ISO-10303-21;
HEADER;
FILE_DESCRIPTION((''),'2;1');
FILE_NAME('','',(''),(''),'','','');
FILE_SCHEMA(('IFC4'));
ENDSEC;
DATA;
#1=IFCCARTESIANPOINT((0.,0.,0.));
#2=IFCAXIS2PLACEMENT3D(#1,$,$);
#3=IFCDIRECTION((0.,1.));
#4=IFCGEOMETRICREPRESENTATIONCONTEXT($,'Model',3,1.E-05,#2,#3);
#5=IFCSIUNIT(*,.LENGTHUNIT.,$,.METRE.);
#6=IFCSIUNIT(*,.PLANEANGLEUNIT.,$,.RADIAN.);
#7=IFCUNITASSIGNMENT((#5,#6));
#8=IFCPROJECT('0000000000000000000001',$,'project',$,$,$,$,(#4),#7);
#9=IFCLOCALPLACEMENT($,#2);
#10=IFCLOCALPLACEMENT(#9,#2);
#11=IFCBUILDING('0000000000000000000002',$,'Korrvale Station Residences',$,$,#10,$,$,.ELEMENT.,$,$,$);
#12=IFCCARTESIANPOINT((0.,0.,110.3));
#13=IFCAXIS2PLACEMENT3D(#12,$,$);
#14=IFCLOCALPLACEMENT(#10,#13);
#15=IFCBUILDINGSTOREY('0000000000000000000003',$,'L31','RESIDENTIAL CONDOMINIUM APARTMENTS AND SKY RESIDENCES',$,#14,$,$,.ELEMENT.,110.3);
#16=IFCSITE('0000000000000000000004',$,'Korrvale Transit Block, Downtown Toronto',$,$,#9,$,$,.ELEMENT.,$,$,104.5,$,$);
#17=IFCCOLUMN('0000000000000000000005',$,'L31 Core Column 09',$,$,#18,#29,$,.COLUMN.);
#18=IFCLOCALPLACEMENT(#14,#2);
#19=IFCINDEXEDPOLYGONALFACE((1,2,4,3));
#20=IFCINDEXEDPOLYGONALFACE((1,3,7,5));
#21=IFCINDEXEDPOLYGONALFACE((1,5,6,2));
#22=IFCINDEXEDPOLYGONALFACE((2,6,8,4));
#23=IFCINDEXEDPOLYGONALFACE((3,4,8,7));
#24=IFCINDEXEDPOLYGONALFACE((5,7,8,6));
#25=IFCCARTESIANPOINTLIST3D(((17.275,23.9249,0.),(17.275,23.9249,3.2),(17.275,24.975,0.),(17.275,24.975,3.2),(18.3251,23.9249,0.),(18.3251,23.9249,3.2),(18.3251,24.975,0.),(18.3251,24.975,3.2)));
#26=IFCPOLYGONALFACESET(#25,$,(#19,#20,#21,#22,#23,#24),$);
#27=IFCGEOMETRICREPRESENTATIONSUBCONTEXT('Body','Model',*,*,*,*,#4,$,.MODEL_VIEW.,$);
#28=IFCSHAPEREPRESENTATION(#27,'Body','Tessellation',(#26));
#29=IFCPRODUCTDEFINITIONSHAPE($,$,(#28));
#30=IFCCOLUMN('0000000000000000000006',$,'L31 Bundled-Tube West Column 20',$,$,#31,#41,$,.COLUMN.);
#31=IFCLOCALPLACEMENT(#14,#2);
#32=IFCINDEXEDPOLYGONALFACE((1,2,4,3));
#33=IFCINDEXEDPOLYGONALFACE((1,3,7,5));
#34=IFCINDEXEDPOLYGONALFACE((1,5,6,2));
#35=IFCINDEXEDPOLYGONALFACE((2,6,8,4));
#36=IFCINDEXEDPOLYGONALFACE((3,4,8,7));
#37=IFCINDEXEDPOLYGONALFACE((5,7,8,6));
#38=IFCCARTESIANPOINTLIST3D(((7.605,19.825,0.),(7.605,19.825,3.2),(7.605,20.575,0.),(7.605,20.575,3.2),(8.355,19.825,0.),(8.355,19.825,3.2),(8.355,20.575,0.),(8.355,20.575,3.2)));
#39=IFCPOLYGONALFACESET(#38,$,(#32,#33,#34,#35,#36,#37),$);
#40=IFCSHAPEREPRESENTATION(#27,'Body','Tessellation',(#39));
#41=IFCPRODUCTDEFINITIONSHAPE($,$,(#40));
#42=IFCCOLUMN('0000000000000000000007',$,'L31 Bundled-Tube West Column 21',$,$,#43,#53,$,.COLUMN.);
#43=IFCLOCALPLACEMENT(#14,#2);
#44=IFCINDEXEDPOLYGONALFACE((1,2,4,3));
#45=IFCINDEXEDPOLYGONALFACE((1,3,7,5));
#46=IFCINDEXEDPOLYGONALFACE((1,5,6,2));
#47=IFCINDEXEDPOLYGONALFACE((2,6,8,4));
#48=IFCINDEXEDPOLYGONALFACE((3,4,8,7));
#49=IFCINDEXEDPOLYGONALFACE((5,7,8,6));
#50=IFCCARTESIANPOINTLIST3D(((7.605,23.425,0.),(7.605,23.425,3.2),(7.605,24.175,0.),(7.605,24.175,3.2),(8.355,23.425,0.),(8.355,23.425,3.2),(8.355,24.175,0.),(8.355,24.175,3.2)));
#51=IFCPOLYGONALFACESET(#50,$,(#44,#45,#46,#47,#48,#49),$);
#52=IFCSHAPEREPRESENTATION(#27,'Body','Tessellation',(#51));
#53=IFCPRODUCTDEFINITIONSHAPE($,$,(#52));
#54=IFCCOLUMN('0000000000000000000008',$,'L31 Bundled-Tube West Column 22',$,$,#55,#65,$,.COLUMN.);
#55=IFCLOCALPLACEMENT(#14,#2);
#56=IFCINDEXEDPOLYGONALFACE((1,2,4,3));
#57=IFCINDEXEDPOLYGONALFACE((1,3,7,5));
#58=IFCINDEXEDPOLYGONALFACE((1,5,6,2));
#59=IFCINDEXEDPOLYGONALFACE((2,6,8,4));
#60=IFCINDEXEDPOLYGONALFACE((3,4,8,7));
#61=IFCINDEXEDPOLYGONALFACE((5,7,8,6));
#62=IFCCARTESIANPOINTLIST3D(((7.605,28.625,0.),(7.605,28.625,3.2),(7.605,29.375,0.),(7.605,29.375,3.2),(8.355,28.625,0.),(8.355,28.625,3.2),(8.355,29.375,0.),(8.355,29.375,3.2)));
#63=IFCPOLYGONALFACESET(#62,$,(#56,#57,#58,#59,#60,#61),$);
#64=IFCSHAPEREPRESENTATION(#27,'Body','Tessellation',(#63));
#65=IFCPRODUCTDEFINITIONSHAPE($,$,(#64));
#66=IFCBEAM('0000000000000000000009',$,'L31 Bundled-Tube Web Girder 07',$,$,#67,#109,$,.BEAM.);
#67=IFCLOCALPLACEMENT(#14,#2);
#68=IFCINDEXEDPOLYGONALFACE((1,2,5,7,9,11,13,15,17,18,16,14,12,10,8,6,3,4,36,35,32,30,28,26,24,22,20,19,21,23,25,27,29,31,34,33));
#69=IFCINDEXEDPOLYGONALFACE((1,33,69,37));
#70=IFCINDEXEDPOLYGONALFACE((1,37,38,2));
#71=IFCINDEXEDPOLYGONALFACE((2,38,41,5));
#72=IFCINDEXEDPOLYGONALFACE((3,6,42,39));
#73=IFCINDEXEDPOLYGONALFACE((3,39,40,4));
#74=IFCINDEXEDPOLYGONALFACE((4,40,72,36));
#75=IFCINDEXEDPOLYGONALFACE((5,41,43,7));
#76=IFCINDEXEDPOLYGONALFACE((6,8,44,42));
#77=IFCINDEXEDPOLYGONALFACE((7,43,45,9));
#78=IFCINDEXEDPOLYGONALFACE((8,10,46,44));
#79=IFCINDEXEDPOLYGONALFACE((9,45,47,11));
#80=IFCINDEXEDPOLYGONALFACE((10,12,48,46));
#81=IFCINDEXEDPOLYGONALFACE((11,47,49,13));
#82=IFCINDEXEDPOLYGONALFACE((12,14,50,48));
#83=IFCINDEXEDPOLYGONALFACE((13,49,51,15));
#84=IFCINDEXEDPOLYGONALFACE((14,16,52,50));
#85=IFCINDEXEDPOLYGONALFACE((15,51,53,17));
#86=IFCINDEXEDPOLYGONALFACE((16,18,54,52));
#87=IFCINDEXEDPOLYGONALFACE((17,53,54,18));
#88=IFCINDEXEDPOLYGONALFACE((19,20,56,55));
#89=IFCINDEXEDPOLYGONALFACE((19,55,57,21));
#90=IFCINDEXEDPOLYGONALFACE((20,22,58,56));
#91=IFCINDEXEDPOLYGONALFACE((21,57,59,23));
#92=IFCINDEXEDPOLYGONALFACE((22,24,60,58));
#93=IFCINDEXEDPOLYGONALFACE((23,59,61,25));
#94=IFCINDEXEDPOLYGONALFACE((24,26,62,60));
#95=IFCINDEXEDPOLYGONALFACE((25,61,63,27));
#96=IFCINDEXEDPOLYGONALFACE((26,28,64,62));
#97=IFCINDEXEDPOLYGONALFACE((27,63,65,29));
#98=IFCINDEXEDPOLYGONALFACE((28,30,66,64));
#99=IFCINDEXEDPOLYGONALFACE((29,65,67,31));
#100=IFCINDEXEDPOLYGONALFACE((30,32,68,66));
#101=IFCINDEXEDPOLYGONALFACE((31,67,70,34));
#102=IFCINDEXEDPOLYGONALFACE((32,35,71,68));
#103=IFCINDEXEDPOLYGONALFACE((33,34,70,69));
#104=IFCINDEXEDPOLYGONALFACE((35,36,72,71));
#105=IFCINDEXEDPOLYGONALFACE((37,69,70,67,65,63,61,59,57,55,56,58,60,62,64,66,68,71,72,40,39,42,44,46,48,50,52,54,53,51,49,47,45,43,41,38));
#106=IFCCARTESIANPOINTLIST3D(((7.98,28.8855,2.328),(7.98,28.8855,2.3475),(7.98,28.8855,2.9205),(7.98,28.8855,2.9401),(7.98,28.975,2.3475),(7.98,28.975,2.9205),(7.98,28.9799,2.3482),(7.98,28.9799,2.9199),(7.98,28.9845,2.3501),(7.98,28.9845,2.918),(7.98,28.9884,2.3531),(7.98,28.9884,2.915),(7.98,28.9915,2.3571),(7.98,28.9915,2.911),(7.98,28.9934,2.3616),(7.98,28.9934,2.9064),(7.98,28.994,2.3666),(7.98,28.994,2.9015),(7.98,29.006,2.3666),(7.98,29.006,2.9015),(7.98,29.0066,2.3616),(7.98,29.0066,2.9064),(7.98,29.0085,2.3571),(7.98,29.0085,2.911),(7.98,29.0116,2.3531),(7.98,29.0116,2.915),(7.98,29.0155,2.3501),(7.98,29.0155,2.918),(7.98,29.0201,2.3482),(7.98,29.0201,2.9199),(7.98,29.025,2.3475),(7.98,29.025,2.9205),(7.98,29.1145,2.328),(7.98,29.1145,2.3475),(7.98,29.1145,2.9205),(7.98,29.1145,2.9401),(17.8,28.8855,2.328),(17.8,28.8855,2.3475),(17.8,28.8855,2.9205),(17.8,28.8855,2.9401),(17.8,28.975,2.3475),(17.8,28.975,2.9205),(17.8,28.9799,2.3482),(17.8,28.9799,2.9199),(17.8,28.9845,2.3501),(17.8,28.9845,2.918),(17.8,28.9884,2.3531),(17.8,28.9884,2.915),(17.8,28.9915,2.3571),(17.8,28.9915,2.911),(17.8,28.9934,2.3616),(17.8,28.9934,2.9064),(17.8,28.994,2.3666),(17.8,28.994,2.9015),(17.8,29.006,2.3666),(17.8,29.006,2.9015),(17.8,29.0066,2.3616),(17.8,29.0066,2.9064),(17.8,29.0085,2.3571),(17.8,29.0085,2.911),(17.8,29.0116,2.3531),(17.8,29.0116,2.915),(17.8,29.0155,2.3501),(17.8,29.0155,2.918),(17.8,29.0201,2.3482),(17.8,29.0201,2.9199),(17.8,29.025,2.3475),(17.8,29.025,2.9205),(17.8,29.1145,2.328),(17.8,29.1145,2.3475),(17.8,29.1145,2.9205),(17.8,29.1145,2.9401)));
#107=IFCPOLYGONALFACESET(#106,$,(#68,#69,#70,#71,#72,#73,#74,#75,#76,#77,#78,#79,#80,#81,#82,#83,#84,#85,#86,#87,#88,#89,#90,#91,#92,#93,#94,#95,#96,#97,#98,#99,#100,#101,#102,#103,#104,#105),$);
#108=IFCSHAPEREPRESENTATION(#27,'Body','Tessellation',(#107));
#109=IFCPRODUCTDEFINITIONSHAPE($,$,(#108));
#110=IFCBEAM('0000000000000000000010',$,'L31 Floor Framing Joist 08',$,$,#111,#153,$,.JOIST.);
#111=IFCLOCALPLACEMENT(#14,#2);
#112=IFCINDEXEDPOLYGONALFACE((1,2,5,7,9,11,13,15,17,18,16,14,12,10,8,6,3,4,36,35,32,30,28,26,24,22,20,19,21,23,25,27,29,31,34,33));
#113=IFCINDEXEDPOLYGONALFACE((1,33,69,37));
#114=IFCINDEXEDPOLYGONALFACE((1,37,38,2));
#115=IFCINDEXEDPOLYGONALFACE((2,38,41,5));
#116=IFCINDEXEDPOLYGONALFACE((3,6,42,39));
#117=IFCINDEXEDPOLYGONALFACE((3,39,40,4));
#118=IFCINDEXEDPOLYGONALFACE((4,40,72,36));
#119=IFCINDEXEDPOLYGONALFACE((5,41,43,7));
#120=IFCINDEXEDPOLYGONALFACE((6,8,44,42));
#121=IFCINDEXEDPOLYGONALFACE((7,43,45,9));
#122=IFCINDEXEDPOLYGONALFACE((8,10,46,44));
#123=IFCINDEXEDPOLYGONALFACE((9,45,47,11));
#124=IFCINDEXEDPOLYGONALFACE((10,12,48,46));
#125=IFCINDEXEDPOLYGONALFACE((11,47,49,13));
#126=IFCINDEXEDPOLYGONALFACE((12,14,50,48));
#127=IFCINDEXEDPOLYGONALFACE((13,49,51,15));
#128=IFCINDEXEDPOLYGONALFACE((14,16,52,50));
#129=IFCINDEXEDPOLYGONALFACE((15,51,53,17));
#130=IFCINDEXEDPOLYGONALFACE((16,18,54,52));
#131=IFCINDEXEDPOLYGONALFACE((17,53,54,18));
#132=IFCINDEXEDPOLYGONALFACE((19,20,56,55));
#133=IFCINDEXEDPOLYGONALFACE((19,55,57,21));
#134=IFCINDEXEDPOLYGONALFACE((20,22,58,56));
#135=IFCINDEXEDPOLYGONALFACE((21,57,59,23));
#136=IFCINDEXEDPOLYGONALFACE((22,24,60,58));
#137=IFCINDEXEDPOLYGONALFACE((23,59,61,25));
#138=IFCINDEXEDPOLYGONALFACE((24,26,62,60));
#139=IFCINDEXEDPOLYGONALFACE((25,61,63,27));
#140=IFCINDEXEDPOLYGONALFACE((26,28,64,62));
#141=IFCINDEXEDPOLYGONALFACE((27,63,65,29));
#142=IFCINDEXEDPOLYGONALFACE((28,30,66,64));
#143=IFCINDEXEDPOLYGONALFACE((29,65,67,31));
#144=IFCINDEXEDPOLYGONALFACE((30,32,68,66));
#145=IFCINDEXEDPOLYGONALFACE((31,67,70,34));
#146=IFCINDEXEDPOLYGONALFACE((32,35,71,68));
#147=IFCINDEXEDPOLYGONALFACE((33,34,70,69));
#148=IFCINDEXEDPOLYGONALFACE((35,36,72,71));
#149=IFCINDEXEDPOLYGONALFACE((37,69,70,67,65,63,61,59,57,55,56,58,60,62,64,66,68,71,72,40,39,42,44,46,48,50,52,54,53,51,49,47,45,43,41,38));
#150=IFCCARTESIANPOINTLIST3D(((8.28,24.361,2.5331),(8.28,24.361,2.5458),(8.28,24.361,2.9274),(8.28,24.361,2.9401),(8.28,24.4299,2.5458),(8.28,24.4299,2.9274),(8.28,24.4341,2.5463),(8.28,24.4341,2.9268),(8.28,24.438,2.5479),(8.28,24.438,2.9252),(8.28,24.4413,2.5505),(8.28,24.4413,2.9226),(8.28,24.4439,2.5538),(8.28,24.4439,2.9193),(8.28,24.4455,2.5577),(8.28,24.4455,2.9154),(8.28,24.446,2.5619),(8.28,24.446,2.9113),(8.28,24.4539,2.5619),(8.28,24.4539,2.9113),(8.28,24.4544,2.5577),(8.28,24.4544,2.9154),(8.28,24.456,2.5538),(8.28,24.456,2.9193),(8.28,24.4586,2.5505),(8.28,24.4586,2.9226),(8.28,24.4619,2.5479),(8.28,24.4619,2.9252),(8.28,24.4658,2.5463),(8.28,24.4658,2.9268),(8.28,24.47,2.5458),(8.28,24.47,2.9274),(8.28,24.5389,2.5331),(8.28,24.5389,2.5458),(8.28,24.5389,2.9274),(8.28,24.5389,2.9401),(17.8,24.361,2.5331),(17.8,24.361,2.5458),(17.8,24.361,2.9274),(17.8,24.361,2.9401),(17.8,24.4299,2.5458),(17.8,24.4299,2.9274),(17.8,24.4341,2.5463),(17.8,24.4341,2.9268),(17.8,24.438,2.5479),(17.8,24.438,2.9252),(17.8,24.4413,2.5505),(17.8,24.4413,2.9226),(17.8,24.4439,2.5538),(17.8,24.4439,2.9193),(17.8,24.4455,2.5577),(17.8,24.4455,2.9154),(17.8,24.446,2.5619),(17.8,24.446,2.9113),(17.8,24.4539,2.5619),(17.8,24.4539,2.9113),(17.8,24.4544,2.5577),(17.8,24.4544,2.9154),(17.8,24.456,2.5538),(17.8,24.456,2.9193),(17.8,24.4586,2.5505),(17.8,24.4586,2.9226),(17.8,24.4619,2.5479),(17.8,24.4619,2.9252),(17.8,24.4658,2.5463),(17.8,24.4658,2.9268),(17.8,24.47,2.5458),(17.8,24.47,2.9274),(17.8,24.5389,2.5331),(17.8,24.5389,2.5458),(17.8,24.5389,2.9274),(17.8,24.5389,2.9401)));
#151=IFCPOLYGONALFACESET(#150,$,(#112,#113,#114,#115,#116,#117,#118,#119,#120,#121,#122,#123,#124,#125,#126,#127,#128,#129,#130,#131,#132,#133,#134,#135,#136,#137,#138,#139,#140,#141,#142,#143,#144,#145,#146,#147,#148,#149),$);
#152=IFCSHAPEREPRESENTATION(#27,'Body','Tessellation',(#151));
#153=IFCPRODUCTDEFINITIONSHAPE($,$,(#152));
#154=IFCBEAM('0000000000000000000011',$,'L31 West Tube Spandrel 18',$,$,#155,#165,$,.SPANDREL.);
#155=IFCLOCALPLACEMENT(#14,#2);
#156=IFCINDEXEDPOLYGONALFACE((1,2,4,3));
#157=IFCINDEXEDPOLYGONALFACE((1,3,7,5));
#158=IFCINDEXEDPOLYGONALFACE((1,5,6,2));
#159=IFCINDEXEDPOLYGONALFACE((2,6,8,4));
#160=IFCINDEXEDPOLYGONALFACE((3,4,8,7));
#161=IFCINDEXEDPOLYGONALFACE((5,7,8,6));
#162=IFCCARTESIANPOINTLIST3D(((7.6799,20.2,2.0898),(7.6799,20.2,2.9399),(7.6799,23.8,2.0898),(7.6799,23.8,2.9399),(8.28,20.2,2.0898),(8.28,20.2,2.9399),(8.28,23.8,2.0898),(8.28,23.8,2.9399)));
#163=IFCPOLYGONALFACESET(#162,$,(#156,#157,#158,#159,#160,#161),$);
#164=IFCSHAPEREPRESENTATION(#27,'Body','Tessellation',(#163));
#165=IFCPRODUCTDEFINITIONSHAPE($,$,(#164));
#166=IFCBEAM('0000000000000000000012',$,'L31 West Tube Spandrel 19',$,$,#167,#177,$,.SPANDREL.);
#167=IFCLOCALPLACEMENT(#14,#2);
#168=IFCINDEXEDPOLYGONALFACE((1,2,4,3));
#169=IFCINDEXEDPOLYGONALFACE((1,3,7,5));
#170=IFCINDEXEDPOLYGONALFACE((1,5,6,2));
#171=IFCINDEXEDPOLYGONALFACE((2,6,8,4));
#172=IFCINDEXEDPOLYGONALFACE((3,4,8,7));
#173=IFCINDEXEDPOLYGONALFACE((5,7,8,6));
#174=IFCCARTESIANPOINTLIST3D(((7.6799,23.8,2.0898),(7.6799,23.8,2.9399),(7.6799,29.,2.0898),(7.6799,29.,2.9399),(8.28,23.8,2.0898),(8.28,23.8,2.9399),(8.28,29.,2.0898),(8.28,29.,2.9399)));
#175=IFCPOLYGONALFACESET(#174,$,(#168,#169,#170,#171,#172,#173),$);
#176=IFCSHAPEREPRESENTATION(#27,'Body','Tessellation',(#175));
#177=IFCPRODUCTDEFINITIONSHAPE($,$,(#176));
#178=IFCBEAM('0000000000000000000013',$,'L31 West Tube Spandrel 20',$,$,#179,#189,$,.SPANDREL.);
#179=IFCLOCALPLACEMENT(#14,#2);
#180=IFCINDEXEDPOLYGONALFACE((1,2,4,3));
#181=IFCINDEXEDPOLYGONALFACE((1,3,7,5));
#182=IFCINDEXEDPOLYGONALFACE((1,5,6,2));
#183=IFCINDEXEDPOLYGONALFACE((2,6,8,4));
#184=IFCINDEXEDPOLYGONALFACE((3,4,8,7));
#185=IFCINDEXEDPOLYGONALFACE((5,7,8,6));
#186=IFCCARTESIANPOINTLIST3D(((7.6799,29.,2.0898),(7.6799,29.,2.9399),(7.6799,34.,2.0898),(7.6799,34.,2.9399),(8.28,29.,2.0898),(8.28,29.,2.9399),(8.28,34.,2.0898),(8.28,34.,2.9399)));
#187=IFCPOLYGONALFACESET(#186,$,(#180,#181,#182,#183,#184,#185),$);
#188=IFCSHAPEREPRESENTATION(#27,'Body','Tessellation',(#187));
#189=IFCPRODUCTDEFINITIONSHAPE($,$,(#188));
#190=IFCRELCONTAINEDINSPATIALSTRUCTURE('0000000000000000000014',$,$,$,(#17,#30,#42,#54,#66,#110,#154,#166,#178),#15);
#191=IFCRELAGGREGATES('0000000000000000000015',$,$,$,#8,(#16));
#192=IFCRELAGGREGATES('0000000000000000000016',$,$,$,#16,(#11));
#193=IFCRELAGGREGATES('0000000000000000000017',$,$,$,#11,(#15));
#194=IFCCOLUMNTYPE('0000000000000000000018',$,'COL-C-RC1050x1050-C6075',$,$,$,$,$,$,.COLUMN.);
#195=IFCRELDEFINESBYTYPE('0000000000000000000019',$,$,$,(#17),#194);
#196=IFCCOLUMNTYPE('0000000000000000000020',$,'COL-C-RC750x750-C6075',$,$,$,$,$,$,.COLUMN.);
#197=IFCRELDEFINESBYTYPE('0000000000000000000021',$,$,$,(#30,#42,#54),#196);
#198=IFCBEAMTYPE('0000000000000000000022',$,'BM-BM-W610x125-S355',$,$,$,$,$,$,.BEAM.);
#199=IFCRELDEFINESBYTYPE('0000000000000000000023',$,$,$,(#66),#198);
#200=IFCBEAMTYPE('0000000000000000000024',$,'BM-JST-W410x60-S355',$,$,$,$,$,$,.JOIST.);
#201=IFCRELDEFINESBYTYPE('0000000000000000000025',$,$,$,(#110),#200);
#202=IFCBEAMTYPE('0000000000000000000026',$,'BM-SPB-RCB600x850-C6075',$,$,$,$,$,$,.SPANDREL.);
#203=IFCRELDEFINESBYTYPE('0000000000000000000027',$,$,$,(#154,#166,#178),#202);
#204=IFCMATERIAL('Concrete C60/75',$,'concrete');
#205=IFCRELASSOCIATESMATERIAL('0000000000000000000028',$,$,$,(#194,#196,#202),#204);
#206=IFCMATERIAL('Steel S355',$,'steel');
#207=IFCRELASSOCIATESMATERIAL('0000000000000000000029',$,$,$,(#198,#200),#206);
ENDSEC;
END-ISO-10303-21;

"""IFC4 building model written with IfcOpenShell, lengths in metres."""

from ifc_helpers import new_model, si_unit, direction, frame, origin, origin_2d, place, context, subcontext, project, spatial, rectangle, i_section, extrude, material, material_profile, profile_set, type_object, element, save


model = new_model("IFC4")

# Units and contexts
model_context = context("Model", 3, precision=1e-05, world=origin(), true_north=direction((0.0, 1.0)))
body_context = subcontext(model_context, "Body", "Model", "MODEL_VIEW")
ifc_project = project(units=[si_unit("LENGTHUNIT", "METRE"), si_unit("PLANEANGLEUNIT", "RADIAN")], contexts=[model_context])

# Site, building, storey
site_placement = place(None, origin())
site = spatial("IfcSite", under=ifc_project, at=site_placement, Name="Korrvale Transit Block, Downtown Toronto", CompositionType="ELEMENT", RefElevation=104.5)
building_placement = place(site_placement, origin())
building = spatial("IfcBuilding", under=site, at=building_placement, Name="Korrvale Station Residences", CompositionType="ELEMENT")
storey_placement = place(building_placement, frame((0.0, 0.0, 110.3)))
storey = spatial("IfcBuildingStorey", under=building, at=storey_placement, Name="L31", Description="RESIDENTIAL CONDOMINIUM APARTMENTS AND SKY RESIDENCES", CompositionType="ELEMENT", Elevation=110.3)

# Columns
ifc_material_1 = material(Name="Concrete C60/75", Category="concrete")
ifc_material_profile_1 = material_profile(ifc_material_1, rectangle(XDim=1.05, YDim=1.05, at=origin_2d()), Name="RC1050x1050")
ifc_profile_set_1 = profile_set([ifc_material_profile_1], Name="Concrete C60/75")
column_type_1 = type_object("IfcColumnType", Name="COL-C-RC1050x1050-C6075", PredefinedType="COLUMN", material=ifc_profile_set_1)
column_placement = place(storey_placement, frame((17.8, 24.45, 0.0), z_axis=(0.0, 0.0, 1.0), x_axis=(1.0, 0.0, 0.0)))
element("IfcColumn", 1, at=column_placement, inside=storey, type_object=column_type_1, Name="L31 Core Column 09", PredefinedType="COLUMN", context=body_context, shape_type="SweptSolid", body=[
    extrude(rectangle(XDim=1.05, YDim=1.05, at=origin_2d()), origin(), (0.0, 0.0, 1.0), 3.2),
])
ifc_material_profile_2 = material_profile(ifc_material_1, rectangle(XDim=0.75, YDim=0.75, at=origin_2d()), Name="RC750x750")
ifc_profile_set_2 = profile_set([ifc_material_profile_2], Name="Concrete C60/75")
column_type_2 = type_object("IfcColumnType", Name="COL-C-RC750x750-C6075", PredefinedType="COLUMN", material=ifc_profile_set_2)
for number, where, z_axis, x_axis, name in (
    (2, (7.98, 20.2, 0.0), (0.0, 0.0, 1.0), (1.0, 0.0, 0.0), "L31 Bundled-Tube West Column 20"),
    (3, (7.98, 23.8, 0.0), (0.0, 0.0, 1.0), (1.0, 0.0, 0.0), "L31 Bundled-Tube West Column 21"),
    (4, (7.98, 29.0, 0.0), (0.0, 0.0, 1.0), (1.0, 0.0, 0.0), "L31 Bundled-Tube West Column 22"),
):
    element("IfcColumn", number, at=place(storey_placement, frame(where, z_axis=z_axis, x_axis=x_axis)), inside=storey, type_object=column_type_2, Name=name, PredefinedType="COLUMN", context=body_context, shape_type="SweptSolid", body=[
        extrude(rectangle(XDim=0.75, YDim=0.75, at=origin_2d()), origin(), (0.0, 0.0, 1.0), 3.2),
    ])

# Beams
ifc_material_2 = material(Name="Steel S355", Category="steel")
ifc_material_profile_3 = material_profile(ifc_material_2, i_section(OverallWidth=0.229, OverallDepth=0.6121, WebThickness=0.012, FlangeThickness=0.0195, FilletRadius=0.019, at=origin_2d()), Name="W610x125")
ifc_profile_set_3 = profile_set([ifc_material_profile_3], Name="Steel S355")
beam_type_1 = type_object("IfcBeamType", Name="BM-BM-W610x125-S355", PredefinedType="BEAM", material=ifc_profile_set_3)
beam_1_placement = place(storey_placement, frame((7.98, 29.0, 2.634), z_axis=(1.0, 0.0, 0.0), x_axis=(0.0, 1.0, 0.0)))
element("IfcBeam", 5, at=beam_1_placement, inside=storey, type_object=beam_type_1, Name="L31 Bundled-Tube Web Girder 07", PredefinedType="BEAM", context=body_context, shape_type="SweptSolid", body=[
    extrude(i_section(OverallWidth=0.229, OverallDepth=0.6121, WebThickness=0.012, FlangeThickness=0.0195, FilletRadius=0.019, at=origin_2d()), origin(), (0.0, 0.0, 1.0), 9.8201),
])
ifc_material_profile_4 = material_profile(ifc_material_2, i_section(OverallWidth=0.178, OverallDepth=0.407, WebThickness=0.0078, FlangeThickness=0.0127, FilletRadius=0.0161, at=origin_2d()), Name="W410x60")
ifc_profile_set_4 = profile_set([ifc_material_profile_4], Name="Steel S355")
beam_type_2 = type_object("IfcBeamType", Name="BM-JST-W410x60-S355", PredefinedType="JOIST", material=ifc_profile_set_4)
beam_2_placement = place(storey_placement, frame((8.28, 24.45, 2.7366), z_axis=(1.0, 0.0, 0.0), x_axis=(0.0, 1.0, 0.0)))
element("IfcBeam", 6, at=beam_2_placement, inside=storey, type_object=beam_type_2, Name="L31 Floor Framing Joist 08", PredefinedType="JOIST", context=body_context, shape_type="SweptSolid", body=[
    extrude(i_section(OverallWidth=0.178, OverallDepth=0.407, WebThickness=0.0078, FlangeThickness=0.0127, FilletRadius=0.0161, at=origin_2d()), origin(), (0.0, 0.0, 1.0), 9.52),
])
ifc_material_profile_5 = material_profile(ifc_material_1, rectangle(XDim=0.6001, YDim=0.8501, at=origin_2d()), Name="RCB600x850")
ifc_profile_set_5 = profile_set([ifc_material_profile_5], Name="Concrete C60/75")
beam_type_3 = type_object("IfcBeamType", Name="BM-SPB-RCB600x850-C6075", PredefinedType="SPANDREL", material=ifc_profile_set_5)
beam_3_placement = place(storey_placement, frame((7.98, 20.2, 2.5149), z_axis=(0.0, 1.0, 0.0), x_axis=(-1.0, 0.0, 0.0)))
element("IfcBeam", 7, at=beam_3_placement, inside=storey, type_object=beam_type_3, Name="L31 West Tube Spandrel 18", PredefinedType="SPANDREL", context=body_context, shape_type="SweptSolid", body=[
    extrude(rectangle(XDim=0.6001, YDim=0.8501, at=origin_2d()), origin(), (0.0, 0.0, 1.0), 3.6001),
])
beam_4_placement = place(storey_placement, frame((7.98, 23.8, 2.5149), z_axis=(0.0, 1.0, 0.0), x_axis=(-1.0, 0.0, 0.0)))
element("IfcBeam", 8, at=beam_4_placement, inside=storey, type_object=beam_type_3, Name="L31 West Tube Spandrel 19", PredefinedType="SPANDREL", context=body_context, shape_type="SweptSolid", body=[
    extrude(rectangle(XDim=0.6001, YDim=0.8501, at=origin_2d()), origin(), (0.0, 0.0, 1.0), 5.2),
])
beam_5_placement = place(storey_placement, frame((7.98, 29.0, 2.5149), z_axis=(0.0, 1.0, 0.0), x_axis=(-1.0, 0.0, 0.0)))
element("IfcBeam", 9, at=beam_5_placement, inside=storey, type_object=beam_type_3, Name="L31 West Tube Spandrel 20", PredefinedType="SPANDREL", context=body_context, shape_type="SweptSolid", body=[
    extrude(rectangle(XDim=0.6001, YDim=0.8501, at=origin_2d()), origin(), (0.0, 0.0, 1.0), 5.0),
])

save(model, "model.ifc")
